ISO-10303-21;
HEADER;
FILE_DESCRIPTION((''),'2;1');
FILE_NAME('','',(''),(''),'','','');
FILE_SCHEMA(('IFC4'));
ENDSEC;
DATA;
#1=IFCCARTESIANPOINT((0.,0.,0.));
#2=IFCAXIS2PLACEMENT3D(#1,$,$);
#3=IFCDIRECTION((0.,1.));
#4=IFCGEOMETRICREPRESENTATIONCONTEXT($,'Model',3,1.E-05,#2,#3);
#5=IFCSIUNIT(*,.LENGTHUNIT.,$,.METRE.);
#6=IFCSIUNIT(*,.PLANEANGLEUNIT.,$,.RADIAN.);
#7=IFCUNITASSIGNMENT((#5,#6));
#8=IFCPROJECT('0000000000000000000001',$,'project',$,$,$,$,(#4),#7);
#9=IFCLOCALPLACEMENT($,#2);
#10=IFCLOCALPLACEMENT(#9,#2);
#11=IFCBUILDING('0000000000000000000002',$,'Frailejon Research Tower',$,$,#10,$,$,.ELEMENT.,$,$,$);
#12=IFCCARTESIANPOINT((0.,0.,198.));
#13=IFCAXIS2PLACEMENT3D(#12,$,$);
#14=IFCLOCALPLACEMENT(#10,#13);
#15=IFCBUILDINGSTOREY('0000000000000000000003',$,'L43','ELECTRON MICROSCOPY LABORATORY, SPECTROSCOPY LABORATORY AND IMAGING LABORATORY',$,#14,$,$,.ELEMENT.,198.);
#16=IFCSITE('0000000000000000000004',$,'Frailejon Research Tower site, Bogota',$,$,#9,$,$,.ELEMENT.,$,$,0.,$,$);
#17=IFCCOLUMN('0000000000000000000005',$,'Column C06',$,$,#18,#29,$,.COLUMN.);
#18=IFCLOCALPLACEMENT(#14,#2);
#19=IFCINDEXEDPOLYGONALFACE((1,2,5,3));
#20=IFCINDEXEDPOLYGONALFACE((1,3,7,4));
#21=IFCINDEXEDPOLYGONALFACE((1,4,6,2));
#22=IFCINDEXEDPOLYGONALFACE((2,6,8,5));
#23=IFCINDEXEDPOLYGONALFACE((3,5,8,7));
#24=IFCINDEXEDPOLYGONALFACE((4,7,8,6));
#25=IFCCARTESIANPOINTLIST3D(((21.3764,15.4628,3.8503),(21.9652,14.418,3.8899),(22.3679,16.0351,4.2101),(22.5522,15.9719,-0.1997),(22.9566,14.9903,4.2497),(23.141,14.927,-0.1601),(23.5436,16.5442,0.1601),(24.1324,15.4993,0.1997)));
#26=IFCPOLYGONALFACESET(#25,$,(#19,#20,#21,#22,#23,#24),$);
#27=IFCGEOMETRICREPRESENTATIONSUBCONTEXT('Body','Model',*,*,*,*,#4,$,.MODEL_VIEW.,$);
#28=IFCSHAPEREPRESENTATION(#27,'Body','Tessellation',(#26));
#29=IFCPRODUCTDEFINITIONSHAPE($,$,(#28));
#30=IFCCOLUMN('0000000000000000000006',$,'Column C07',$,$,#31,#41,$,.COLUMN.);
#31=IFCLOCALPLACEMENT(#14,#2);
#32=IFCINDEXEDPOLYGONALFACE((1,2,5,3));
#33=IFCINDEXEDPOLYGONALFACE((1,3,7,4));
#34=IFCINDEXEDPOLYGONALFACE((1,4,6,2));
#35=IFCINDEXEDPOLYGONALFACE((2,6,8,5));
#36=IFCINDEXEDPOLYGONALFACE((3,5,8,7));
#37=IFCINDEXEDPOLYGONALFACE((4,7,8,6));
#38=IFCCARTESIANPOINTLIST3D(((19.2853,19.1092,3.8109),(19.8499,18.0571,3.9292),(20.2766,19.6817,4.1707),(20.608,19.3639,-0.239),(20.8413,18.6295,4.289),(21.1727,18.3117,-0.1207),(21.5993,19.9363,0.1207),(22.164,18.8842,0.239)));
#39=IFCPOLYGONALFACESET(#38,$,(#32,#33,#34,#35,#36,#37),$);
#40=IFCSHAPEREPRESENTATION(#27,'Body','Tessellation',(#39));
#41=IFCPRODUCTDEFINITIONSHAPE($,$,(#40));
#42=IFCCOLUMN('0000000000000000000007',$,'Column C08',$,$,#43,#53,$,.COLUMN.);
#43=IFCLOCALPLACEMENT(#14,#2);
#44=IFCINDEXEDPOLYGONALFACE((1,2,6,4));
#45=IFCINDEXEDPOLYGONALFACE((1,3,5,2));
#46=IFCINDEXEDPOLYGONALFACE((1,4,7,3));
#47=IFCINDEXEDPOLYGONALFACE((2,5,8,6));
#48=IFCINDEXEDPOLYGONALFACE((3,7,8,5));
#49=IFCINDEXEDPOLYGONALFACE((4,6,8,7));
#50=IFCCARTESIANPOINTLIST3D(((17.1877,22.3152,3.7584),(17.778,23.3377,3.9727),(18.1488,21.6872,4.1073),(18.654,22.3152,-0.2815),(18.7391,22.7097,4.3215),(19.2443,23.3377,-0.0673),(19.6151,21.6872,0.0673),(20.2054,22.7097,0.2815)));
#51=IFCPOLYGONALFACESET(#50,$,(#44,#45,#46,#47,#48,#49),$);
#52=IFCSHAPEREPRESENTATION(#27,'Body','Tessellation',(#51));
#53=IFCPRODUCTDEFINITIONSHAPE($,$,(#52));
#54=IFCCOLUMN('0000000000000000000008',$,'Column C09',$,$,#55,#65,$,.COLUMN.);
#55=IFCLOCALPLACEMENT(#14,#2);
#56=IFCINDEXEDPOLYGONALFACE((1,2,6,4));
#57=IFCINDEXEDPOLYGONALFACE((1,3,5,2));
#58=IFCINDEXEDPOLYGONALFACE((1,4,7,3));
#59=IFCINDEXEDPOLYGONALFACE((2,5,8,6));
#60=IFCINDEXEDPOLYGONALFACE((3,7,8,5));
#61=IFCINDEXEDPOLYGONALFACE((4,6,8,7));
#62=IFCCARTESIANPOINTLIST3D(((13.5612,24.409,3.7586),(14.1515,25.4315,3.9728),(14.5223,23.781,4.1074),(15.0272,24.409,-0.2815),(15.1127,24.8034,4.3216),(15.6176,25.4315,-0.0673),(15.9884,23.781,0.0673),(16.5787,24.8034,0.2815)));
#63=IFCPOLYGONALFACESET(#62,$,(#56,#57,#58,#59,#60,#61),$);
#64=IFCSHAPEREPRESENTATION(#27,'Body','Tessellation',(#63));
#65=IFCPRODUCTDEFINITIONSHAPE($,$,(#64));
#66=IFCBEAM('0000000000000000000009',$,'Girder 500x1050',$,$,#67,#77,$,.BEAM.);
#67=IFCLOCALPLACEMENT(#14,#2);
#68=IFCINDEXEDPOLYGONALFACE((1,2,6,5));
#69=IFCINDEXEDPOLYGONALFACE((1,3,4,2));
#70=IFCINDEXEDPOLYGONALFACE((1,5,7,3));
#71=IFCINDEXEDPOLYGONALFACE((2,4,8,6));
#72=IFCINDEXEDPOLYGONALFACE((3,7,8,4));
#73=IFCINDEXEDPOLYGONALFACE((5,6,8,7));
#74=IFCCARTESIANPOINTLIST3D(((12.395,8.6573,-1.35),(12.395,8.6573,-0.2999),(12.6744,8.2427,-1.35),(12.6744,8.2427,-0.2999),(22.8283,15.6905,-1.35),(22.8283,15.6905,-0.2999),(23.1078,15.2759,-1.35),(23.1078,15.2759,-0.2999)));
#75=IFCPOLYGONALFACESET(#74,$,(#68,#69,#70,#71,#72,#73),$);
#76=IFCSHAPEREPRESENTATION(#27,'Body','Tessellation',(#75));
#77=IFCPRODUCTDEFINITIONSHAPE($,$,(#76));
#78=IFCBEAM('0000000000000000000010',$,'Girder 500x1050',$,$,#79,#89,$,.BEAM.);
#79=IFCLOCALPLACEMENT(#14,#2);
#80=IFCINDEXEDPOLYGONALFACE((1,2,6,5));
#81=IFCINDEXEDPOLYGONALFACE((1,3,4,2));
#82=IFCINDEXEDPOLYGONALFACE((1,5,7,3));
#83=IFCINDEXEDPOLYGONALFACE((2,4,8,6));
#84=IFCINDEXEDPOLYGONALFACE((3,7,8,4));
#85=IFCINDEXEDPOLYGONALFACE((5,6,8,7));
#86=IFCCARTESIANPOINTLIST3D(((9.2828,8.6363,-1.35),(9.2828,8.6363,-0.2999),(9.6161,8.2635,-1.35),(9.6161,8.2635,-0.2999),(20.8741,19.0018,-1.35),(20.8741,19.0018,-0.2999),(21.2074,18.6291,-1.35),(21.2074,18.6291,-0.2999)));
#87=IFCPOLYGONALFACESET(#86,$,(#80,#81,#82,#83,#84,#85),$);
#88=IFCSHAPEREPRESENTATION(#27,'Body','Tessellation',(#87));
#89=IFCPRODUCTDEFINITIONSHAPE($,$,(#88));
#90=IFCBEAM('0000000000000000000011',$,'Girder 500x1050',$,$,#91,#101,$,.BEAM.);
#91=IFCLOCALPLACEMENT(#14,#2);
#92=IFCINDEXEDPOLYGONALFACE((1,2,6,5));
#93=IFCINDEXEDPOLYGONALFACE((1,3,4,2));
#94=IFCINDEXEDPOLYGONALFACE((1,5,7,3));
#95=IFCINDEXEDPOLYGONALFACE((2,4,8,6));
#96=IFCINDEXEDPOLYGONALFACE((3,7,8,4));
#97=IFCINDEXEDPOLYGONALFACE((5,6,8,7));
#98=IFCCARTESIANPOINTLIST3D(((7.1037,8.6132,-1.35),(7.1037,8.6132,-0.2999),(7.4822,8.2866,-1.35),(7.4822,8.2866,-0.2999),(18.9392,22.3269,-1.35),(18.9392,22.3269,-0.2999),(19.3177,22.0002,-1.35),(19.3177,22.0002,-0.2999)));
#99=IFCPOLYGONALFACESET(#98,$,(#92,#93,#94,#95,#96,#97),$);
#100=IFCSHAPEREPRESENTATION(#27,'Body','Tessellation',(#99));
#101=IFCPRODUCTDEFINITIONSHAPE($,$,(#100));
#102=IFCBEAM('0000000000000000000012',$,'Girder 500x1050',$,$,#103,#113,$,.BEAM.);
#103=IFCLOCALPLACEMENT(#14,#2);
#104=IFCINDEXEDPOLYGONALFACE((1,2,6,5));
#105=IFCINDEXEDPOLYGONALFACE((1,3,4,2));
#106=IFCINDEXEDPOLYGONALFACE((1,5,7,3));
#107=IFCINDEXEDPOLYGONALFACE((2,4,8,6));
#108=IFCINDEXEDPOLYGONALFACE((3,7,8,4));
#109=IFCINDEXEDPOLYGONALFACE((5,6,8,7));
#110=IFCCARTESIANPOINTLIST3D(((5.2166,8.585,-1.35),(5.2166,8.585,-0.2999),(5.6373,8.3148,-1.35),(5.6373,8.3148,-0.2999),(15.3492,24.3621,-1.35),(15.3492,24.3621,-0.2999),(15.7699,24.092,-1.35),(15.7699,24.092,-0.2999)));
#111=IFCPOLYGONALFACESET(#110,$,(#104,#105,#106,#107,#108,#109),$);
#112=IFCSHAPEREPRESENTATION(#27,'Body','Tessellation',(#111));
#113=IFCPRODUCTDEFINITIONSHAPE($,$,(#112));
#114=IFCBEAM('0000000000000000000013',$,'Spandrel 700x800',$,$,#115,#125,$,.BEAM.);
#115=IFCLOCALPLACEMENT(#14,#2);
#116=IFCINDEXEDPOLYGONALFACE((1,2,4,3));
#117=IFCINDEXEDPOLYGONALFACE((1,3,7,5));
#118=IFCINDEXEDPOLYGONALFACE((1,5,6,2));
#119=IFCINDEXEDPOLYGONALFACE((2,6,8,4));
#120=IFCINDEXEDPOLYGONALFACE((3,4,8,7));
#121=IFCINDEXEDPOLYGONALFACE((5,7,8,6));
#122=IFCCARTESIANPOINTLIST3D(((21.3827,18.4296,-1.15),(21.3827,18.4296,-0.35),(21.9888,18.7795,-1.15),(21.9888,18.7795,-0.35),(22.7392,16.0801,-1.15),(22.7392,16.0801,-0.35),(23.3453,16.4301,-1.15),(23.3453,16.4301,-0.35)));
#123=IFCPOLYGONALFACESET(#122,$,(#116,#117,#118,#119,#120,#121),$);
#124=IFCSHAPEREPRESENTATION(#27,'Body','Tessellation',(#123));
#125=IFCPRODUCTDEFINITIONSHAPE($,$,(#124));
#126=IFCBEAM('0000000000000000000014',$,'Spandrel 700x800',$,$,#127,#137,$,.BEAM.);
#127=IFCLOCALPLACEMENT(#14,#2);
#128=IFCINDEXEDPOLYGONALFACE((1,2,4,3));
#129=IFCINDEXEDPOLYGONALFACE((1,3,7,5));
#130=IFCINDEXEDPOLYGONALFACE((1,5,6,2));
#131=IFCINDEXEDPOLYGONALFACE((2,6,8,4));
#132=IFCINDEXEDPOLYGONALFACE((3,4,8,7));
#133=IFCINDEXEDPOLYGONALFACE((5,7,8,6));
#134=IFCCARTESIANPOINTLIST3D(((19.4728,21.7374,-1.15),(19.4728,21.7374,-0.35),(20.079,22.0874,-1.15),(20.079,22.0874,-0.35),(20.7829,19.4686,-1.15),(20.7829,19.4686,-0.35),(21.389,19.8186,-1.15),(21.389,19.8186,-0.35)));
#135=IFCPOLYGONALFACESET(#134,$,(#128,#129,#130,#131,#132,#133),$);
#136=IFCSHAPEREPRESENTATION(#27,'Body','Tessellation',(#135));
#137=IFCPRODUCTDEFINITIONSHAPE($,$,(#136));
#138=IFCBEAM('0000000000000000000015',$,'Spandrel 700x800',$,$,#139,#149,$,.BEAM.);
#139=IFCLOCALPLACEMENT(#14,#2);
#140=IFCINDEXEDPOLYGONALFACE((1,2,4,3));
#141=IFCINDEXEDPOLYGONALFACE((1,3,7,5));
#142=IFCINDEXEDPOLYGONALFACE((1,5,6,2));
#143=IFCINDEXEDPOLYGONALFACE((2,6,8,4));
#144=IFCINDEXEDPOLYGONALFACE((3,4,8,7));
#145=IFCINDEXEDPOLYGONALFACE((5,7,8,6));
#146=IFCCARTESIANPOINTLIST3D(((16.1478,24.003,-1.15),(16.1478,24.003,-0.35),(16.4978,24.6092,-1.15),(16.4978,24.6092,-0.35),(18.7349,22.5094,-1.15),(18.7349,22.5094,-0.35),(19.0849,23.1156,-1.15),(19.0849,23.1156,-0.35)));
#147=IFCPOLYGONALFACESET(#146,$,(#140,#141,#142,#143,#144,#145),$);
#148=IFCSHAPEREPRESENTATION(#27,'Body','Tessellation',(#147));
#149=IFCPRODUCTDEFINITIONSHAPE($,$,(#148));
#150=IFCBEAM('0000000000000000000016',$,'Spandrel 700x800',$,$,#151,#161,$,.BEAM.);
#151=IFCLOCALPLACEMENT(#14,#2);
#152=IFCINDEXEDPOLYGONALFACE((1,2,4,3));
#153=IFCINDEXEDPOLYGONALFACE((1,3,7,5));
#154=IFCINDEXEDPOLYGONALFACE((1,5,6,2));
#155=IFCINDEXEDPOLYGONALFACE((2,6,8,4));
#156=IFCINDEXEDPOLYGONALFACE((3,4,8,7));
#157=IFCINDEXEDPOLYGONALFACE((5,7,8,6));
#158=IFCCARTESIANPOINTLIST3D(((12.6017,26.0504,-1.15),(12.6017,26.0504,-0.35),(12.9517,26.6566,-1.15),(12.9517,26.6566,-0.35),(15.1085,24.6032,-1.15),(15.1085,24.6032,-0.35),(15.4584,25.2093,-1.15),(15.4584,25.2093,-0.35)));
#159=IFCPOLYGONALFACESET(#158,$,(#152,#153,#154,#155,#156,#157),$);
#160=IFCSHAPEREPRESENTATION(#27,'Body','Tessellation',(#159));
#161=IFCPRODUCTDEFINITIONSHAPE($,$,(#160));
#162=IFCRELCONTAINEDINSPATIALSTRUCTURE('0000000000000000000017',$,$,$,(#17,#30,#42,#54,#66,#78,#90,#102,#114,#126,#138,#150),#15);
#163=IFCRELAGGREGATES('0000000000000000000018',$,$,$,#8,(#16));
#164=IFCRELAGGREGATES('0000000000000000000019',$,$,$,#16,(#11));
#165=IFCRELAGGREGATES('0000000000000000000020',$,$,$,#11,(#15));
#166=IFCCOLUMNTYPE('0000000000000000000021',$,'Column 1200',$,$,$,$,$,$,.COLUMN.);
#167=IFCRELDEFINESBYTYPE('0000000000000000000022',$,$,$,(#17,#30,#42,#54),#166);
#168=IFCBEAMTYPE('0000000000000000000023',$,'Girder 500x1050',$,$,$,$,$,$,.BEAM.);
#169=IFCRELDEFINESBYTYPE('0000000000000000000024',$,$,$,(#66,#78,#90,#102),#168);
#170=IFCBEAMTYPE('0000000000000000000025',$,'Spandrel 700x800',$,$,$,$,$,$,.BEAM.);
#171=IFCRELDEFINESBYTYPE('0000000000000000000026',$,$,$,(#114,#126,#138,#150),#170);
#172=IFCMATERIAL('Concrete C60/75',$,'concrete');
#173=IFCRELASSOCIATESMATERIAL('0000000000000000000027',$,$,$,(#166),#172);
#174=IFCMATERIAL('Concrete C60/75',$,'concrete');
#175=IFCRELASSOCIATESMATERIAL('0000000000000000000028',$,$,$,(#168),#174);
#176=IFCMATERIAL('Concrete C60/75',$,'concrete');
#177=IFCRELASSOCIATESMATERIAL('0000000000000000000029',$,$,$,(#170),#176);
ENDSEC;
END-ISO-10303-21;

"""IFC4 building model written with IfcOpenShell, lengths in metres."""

from ifc_helpers import new_model, si_unit, direction, frame, origin, origin_2d, place, context, subcontext, project, spatial, rectangle, extrude, material, material_profile, profile_set, type_object, element, save


model = new_model("IFC4")

# Units and contexts
model_context = context("Model", 3, precision=1e-05, world=origin(), true_north=direction((0.0, 1.0)))
body_context = subcontext(model_context, "Body", "Model", "MODEL_VIEW")
ifc_project = project(units=[si_unit("LENGTHUNIT", "METRE"), si_unit("PLANEANGLEUNIT", "RADIAN")], contexts=[model_context])

# Site, building, storey
site_placement = place(None, origin())
site = spatial("IfcSite", under=ifc_project, at=site_placement, Name="Frailejon Research Tower site, Bogota", CompositionType="ELEMENT", RefElevation=0.0)
building_placement = place(site_placement, origin())
building = spatial("IfcBuilding", under=site, at=building_placement, Name="Frailejon Research Tower", CompositionType="ELEMENT")
storey_placement = place(building_placement, frame((0.0, 0.0, 198.0)))
storey = spatial("IfcBuildingStorey", under=building, at=storey_placement, Name="L43", Description="ELECTRON MICROSCOPY LABORATORY, SPECTROSCOPY LABORATORY AND IMAGING LABORATORY", CompositionType="ELEMENT", Elevation=198.0)

# Columns
ifc_material_1 = material(Name="Concrete C60/75", Category="concrete")
ifc_material_profile_1 = material_profile(ifc_material_1, rectangle(XDim=1.2, YDim=1.2, at=origin_2d()), Name="Column 1200")
ifc_profile_set_1 = profile_set([ifc_material_profile_1], Name="Concrete C60/75")
column_type = type_object("IfcColumnType", Name="Column 1200", PredefinedType="COLUMN", material=ifc_profile_set_1)
column_1_placement = place(storey_placement, frame((23.3423, 15.7356, 0.0), z_axis=(-0.276793, -0.119832, 0.953429), x_axis=(-0.490652, 0.87073, -0.033004)))
element("IfcColumn", 1, at=column_1_placement, inside=storey, type_object=column_type, Name="Column C06", PredefinedType="COLUMN", context=body_context, shape_type="SweptSolid", body=[
    extrude(rectangle(XDim=1.2, YDim=1.2, at=origin_2d()), origin(), (0.0, 0.0, 1.0), 4.2478),
])
column_2_placement = place(storey_placement, frame((21.386, 19.124, 0.0), z_axis=(-0.30991, -0.05966, 0.948892), x_axis=(-0.470578, 0.876836, -0.098563)))
element("IfcColumn", 2, at=column_2_placement, inside=storey, type_object=column_type, Name="Column C07", PredefinedType="COLUMN", context=body_context, shape_type="SweptSolid", body=[
    extrude(rectangle(XDim=1.2, YDim=1.2, at=origin_2d()), origin(), (0.0, 0.0, 1.0), 4.2681),
])
for number, where, z_axis, x_axis, name in (
    (3, (19.4297, 22.5125, 0.0), (-0.341168, 0.0, 0.940002), (-0.800988, 0.523358, -0.290714), "Column C08"),
    (4, (15.803, 24.6062, 0.0), (-0.341118, 0.0, 0.94002), (-0.801003, 0.523358, -0.290671), "Column C09"),
):
    element("IfcColumn", number, at=place(storey_placement, frame(where, z_axis=z_axis, x_axis=x_axis)), inside=storey, type_object=column_type, Name=name, PredefinedType="COLUMN", context=body_context, shape_type="SweptSolid", body=[
        extrude(rectangle(XDim=1.2, YDim=1.2, at=origin_2d()), origin(), (0.0, 0.0, 1.0), 4.2979),
    ])

# Beams
ifc_material_2 = material(Name="Concrete C60/75", Category="concrete")
ifc_material_profile_2 = material_profile(ifc_material_2, rectangle(XDim=0.5, YDim=1.05, at=origin_2d()), Name="Girder 500x1050")
ifc_profile_set_2 = profile_set([ifc_material_profile_2], Name="Concrete C60/75")
beam_type_1 = type_object("IfcBeamType", Name="Girder 500x1050", PredefinedType="BEAM", material=ifc_profile_set_2)
beam_1_placement = place(storey_placement, frame((22.968, 15.4832, -0.825), z_axis=(-0.829192, -0.558965, 0.0), x_axis=(0.558965, -0.829192, 0.0)))
element("IfcBeam", 5, at=beam_1_placement, inside=storey, type_object=beam_type_1, Name="Girder 500x1050", PredefinedType="BEAM", context=body_context, shape_type="SweptSolid", body=[
    extrude(rectangle(XDim=0.5, YDim=1.05, at=origin_2d()), origin(), (0.0, 0.0, 1.0), 12.5825),
])
beam_2_placement = place(storey_placement, frame((21.0408, 18.8154, -0.825), z_axis=(-0.745423, -0.666592, 0.0), x_axis=(0.666592, -0.745423, 0.0)))
element("IfcBeam", 6, at=beam_2_placement, inside=storey, type_object=beam_type_1, Name="Girder 500x1050", PredefinedType="BEAM", context=body_context, shape_type="SweptSolid", body=[
    extrude(rectangle(XDim=0.5, YDim=1.05, at=origin_2d()), origin(), (0.0, 0.0, 1.0), 15.55),
])
beam_3_placement = place(storey_placement, frame((19.1284, 22.1636, -0.825), z_axis=(-0.653363, -0.757045, 0.0), x_axis=(0.757045, -0.653363, 0.0)))
element("IfcBeam", 7, at=beam_3_placement, inside=storey, type_object=beam_type_1, Name="Girder 500x1050", PredefinedType="BEAM", context=body_context, shape_type="SweptSolid", body=[
    extrude(rectangle(XDim=0.5, YDim=1.05, at=origin_2d()), origin(), (0.0, 0.0, 1.0), 18.1147),
])
beam_4_placement = place(storey_placement, frame((15.5596, 24.2271, -0.825), z_axis=(-0.540386, -0.841417, 0.0), x_axis=(0.841417, -0.540386, 0.0)))
element("IfcBeam", 8, at=beam_4_placement, inside=storey, type_object=beam_type_1, Name="Girder 500x1050", PredefinedType="BEAM", context=body_context, shape_type="SweptSolid", body=[
    extrude(rectangle(XDim=0.5, YDim=1.05, at=origin_2d()), origin(), (0.0, 0.0, 1.0), 18.7507),
])
ifc_material_3 = material(Name="Concrete C60/75", Category="concrete")
ifc_material_profile_3 = material_profile(ifc_material_3, rectangle(XDim=0.7, YDim=0.8, at=origin_2d()), Name="Spandrel 700x800")
ifc_profile_set_3 = profile_set([ifc_material_profile_3], Name="Concrete C60/75")
beam_type_2 = type_object("IfcBeamType", Name="Spandrel 700x800", PredefinedType="BEAM", material=ifc_profile_set_3)
beam_5_placement = place(storey_placement, frame((23.0422, 16.2551, -0.75), z_axis=(-0.500011, 0.866019, 0.0), x_axis=(-0.866019, -0.500011, 0.0)))
element("IfcBeam", 9, at=beam_5_placement, inside=storey, type_object=beam_type_2, Name="Spandrel 700x800", PredefinedType="BEAM", context=body_context, shape_type="SweptSolid", body=[
    extrude(rectangle(XDim=0.7, YDim=0.8, at=origin_2d()), origin(), (0.0, 0.0, 1.0), 2.7129),
])
beam_6_placement = place(storey_placement, frame((21.0859, 19.6436, -0.75), z_axis=(-0.500048, 0.865998, 0.0), x_axis=(-0.865998, -0.500048, 0.0)))
element("IfcBeam", 10, at=beam_6_placement, inside=storey, type_object=beam_type_2, Name="Spandrel 700x800", PredefinedType="BEAM", context=body_context, shape_type="SweptSolid", body=[
    extrude(rectangle(XDim=0.7, YDim=0.8, at=origin_2d()), origin(), (0.0, 0.0, 1.0), 2.6199),
])
beam_7_placement = place(storey_placement, frame((18.9099, 22.8125, -0.75), z_axis=(-0.866032, 0.499989, 0.0), x_axis=(-0.499989, -0.866032, 0.0)))
element("IfcBeam", 11, at=beam_7_placement, inside=storey, type_object=beam_type_2, Name="Spandrel 700x800", PredefinedType="BEAM", context=body_context, shape_type="SweptSolid", body=[
    extrude(rectangle(XDim=0.7, YDim=0.8, at=origin_2d()), origin(), (0.0, 0.0, 1.0), 2.9873),
])
beam_8_placement = place(storey_placement, frame((15.2834, 24.9062, -0.75), z_axis=(-0.866034, 0.499985, 0.0), x_axis=(-0.499985, -0.866034, 0.0)))
element("IfcBeam", 12, at=beam_8_placement, inside=storey, type_object=beam_type_2, Name="Spandrel 700x800", PredefinedType="BEAM", context=body_context, shape_type="SweptSolid", body=[
    extrude(rectangle(XDim=0.7, YDim=0.8, at=origin_2d()), origin(), (0.0, 0.0, 1.0), 2.8945),
])

save(model, "model.ifc")
